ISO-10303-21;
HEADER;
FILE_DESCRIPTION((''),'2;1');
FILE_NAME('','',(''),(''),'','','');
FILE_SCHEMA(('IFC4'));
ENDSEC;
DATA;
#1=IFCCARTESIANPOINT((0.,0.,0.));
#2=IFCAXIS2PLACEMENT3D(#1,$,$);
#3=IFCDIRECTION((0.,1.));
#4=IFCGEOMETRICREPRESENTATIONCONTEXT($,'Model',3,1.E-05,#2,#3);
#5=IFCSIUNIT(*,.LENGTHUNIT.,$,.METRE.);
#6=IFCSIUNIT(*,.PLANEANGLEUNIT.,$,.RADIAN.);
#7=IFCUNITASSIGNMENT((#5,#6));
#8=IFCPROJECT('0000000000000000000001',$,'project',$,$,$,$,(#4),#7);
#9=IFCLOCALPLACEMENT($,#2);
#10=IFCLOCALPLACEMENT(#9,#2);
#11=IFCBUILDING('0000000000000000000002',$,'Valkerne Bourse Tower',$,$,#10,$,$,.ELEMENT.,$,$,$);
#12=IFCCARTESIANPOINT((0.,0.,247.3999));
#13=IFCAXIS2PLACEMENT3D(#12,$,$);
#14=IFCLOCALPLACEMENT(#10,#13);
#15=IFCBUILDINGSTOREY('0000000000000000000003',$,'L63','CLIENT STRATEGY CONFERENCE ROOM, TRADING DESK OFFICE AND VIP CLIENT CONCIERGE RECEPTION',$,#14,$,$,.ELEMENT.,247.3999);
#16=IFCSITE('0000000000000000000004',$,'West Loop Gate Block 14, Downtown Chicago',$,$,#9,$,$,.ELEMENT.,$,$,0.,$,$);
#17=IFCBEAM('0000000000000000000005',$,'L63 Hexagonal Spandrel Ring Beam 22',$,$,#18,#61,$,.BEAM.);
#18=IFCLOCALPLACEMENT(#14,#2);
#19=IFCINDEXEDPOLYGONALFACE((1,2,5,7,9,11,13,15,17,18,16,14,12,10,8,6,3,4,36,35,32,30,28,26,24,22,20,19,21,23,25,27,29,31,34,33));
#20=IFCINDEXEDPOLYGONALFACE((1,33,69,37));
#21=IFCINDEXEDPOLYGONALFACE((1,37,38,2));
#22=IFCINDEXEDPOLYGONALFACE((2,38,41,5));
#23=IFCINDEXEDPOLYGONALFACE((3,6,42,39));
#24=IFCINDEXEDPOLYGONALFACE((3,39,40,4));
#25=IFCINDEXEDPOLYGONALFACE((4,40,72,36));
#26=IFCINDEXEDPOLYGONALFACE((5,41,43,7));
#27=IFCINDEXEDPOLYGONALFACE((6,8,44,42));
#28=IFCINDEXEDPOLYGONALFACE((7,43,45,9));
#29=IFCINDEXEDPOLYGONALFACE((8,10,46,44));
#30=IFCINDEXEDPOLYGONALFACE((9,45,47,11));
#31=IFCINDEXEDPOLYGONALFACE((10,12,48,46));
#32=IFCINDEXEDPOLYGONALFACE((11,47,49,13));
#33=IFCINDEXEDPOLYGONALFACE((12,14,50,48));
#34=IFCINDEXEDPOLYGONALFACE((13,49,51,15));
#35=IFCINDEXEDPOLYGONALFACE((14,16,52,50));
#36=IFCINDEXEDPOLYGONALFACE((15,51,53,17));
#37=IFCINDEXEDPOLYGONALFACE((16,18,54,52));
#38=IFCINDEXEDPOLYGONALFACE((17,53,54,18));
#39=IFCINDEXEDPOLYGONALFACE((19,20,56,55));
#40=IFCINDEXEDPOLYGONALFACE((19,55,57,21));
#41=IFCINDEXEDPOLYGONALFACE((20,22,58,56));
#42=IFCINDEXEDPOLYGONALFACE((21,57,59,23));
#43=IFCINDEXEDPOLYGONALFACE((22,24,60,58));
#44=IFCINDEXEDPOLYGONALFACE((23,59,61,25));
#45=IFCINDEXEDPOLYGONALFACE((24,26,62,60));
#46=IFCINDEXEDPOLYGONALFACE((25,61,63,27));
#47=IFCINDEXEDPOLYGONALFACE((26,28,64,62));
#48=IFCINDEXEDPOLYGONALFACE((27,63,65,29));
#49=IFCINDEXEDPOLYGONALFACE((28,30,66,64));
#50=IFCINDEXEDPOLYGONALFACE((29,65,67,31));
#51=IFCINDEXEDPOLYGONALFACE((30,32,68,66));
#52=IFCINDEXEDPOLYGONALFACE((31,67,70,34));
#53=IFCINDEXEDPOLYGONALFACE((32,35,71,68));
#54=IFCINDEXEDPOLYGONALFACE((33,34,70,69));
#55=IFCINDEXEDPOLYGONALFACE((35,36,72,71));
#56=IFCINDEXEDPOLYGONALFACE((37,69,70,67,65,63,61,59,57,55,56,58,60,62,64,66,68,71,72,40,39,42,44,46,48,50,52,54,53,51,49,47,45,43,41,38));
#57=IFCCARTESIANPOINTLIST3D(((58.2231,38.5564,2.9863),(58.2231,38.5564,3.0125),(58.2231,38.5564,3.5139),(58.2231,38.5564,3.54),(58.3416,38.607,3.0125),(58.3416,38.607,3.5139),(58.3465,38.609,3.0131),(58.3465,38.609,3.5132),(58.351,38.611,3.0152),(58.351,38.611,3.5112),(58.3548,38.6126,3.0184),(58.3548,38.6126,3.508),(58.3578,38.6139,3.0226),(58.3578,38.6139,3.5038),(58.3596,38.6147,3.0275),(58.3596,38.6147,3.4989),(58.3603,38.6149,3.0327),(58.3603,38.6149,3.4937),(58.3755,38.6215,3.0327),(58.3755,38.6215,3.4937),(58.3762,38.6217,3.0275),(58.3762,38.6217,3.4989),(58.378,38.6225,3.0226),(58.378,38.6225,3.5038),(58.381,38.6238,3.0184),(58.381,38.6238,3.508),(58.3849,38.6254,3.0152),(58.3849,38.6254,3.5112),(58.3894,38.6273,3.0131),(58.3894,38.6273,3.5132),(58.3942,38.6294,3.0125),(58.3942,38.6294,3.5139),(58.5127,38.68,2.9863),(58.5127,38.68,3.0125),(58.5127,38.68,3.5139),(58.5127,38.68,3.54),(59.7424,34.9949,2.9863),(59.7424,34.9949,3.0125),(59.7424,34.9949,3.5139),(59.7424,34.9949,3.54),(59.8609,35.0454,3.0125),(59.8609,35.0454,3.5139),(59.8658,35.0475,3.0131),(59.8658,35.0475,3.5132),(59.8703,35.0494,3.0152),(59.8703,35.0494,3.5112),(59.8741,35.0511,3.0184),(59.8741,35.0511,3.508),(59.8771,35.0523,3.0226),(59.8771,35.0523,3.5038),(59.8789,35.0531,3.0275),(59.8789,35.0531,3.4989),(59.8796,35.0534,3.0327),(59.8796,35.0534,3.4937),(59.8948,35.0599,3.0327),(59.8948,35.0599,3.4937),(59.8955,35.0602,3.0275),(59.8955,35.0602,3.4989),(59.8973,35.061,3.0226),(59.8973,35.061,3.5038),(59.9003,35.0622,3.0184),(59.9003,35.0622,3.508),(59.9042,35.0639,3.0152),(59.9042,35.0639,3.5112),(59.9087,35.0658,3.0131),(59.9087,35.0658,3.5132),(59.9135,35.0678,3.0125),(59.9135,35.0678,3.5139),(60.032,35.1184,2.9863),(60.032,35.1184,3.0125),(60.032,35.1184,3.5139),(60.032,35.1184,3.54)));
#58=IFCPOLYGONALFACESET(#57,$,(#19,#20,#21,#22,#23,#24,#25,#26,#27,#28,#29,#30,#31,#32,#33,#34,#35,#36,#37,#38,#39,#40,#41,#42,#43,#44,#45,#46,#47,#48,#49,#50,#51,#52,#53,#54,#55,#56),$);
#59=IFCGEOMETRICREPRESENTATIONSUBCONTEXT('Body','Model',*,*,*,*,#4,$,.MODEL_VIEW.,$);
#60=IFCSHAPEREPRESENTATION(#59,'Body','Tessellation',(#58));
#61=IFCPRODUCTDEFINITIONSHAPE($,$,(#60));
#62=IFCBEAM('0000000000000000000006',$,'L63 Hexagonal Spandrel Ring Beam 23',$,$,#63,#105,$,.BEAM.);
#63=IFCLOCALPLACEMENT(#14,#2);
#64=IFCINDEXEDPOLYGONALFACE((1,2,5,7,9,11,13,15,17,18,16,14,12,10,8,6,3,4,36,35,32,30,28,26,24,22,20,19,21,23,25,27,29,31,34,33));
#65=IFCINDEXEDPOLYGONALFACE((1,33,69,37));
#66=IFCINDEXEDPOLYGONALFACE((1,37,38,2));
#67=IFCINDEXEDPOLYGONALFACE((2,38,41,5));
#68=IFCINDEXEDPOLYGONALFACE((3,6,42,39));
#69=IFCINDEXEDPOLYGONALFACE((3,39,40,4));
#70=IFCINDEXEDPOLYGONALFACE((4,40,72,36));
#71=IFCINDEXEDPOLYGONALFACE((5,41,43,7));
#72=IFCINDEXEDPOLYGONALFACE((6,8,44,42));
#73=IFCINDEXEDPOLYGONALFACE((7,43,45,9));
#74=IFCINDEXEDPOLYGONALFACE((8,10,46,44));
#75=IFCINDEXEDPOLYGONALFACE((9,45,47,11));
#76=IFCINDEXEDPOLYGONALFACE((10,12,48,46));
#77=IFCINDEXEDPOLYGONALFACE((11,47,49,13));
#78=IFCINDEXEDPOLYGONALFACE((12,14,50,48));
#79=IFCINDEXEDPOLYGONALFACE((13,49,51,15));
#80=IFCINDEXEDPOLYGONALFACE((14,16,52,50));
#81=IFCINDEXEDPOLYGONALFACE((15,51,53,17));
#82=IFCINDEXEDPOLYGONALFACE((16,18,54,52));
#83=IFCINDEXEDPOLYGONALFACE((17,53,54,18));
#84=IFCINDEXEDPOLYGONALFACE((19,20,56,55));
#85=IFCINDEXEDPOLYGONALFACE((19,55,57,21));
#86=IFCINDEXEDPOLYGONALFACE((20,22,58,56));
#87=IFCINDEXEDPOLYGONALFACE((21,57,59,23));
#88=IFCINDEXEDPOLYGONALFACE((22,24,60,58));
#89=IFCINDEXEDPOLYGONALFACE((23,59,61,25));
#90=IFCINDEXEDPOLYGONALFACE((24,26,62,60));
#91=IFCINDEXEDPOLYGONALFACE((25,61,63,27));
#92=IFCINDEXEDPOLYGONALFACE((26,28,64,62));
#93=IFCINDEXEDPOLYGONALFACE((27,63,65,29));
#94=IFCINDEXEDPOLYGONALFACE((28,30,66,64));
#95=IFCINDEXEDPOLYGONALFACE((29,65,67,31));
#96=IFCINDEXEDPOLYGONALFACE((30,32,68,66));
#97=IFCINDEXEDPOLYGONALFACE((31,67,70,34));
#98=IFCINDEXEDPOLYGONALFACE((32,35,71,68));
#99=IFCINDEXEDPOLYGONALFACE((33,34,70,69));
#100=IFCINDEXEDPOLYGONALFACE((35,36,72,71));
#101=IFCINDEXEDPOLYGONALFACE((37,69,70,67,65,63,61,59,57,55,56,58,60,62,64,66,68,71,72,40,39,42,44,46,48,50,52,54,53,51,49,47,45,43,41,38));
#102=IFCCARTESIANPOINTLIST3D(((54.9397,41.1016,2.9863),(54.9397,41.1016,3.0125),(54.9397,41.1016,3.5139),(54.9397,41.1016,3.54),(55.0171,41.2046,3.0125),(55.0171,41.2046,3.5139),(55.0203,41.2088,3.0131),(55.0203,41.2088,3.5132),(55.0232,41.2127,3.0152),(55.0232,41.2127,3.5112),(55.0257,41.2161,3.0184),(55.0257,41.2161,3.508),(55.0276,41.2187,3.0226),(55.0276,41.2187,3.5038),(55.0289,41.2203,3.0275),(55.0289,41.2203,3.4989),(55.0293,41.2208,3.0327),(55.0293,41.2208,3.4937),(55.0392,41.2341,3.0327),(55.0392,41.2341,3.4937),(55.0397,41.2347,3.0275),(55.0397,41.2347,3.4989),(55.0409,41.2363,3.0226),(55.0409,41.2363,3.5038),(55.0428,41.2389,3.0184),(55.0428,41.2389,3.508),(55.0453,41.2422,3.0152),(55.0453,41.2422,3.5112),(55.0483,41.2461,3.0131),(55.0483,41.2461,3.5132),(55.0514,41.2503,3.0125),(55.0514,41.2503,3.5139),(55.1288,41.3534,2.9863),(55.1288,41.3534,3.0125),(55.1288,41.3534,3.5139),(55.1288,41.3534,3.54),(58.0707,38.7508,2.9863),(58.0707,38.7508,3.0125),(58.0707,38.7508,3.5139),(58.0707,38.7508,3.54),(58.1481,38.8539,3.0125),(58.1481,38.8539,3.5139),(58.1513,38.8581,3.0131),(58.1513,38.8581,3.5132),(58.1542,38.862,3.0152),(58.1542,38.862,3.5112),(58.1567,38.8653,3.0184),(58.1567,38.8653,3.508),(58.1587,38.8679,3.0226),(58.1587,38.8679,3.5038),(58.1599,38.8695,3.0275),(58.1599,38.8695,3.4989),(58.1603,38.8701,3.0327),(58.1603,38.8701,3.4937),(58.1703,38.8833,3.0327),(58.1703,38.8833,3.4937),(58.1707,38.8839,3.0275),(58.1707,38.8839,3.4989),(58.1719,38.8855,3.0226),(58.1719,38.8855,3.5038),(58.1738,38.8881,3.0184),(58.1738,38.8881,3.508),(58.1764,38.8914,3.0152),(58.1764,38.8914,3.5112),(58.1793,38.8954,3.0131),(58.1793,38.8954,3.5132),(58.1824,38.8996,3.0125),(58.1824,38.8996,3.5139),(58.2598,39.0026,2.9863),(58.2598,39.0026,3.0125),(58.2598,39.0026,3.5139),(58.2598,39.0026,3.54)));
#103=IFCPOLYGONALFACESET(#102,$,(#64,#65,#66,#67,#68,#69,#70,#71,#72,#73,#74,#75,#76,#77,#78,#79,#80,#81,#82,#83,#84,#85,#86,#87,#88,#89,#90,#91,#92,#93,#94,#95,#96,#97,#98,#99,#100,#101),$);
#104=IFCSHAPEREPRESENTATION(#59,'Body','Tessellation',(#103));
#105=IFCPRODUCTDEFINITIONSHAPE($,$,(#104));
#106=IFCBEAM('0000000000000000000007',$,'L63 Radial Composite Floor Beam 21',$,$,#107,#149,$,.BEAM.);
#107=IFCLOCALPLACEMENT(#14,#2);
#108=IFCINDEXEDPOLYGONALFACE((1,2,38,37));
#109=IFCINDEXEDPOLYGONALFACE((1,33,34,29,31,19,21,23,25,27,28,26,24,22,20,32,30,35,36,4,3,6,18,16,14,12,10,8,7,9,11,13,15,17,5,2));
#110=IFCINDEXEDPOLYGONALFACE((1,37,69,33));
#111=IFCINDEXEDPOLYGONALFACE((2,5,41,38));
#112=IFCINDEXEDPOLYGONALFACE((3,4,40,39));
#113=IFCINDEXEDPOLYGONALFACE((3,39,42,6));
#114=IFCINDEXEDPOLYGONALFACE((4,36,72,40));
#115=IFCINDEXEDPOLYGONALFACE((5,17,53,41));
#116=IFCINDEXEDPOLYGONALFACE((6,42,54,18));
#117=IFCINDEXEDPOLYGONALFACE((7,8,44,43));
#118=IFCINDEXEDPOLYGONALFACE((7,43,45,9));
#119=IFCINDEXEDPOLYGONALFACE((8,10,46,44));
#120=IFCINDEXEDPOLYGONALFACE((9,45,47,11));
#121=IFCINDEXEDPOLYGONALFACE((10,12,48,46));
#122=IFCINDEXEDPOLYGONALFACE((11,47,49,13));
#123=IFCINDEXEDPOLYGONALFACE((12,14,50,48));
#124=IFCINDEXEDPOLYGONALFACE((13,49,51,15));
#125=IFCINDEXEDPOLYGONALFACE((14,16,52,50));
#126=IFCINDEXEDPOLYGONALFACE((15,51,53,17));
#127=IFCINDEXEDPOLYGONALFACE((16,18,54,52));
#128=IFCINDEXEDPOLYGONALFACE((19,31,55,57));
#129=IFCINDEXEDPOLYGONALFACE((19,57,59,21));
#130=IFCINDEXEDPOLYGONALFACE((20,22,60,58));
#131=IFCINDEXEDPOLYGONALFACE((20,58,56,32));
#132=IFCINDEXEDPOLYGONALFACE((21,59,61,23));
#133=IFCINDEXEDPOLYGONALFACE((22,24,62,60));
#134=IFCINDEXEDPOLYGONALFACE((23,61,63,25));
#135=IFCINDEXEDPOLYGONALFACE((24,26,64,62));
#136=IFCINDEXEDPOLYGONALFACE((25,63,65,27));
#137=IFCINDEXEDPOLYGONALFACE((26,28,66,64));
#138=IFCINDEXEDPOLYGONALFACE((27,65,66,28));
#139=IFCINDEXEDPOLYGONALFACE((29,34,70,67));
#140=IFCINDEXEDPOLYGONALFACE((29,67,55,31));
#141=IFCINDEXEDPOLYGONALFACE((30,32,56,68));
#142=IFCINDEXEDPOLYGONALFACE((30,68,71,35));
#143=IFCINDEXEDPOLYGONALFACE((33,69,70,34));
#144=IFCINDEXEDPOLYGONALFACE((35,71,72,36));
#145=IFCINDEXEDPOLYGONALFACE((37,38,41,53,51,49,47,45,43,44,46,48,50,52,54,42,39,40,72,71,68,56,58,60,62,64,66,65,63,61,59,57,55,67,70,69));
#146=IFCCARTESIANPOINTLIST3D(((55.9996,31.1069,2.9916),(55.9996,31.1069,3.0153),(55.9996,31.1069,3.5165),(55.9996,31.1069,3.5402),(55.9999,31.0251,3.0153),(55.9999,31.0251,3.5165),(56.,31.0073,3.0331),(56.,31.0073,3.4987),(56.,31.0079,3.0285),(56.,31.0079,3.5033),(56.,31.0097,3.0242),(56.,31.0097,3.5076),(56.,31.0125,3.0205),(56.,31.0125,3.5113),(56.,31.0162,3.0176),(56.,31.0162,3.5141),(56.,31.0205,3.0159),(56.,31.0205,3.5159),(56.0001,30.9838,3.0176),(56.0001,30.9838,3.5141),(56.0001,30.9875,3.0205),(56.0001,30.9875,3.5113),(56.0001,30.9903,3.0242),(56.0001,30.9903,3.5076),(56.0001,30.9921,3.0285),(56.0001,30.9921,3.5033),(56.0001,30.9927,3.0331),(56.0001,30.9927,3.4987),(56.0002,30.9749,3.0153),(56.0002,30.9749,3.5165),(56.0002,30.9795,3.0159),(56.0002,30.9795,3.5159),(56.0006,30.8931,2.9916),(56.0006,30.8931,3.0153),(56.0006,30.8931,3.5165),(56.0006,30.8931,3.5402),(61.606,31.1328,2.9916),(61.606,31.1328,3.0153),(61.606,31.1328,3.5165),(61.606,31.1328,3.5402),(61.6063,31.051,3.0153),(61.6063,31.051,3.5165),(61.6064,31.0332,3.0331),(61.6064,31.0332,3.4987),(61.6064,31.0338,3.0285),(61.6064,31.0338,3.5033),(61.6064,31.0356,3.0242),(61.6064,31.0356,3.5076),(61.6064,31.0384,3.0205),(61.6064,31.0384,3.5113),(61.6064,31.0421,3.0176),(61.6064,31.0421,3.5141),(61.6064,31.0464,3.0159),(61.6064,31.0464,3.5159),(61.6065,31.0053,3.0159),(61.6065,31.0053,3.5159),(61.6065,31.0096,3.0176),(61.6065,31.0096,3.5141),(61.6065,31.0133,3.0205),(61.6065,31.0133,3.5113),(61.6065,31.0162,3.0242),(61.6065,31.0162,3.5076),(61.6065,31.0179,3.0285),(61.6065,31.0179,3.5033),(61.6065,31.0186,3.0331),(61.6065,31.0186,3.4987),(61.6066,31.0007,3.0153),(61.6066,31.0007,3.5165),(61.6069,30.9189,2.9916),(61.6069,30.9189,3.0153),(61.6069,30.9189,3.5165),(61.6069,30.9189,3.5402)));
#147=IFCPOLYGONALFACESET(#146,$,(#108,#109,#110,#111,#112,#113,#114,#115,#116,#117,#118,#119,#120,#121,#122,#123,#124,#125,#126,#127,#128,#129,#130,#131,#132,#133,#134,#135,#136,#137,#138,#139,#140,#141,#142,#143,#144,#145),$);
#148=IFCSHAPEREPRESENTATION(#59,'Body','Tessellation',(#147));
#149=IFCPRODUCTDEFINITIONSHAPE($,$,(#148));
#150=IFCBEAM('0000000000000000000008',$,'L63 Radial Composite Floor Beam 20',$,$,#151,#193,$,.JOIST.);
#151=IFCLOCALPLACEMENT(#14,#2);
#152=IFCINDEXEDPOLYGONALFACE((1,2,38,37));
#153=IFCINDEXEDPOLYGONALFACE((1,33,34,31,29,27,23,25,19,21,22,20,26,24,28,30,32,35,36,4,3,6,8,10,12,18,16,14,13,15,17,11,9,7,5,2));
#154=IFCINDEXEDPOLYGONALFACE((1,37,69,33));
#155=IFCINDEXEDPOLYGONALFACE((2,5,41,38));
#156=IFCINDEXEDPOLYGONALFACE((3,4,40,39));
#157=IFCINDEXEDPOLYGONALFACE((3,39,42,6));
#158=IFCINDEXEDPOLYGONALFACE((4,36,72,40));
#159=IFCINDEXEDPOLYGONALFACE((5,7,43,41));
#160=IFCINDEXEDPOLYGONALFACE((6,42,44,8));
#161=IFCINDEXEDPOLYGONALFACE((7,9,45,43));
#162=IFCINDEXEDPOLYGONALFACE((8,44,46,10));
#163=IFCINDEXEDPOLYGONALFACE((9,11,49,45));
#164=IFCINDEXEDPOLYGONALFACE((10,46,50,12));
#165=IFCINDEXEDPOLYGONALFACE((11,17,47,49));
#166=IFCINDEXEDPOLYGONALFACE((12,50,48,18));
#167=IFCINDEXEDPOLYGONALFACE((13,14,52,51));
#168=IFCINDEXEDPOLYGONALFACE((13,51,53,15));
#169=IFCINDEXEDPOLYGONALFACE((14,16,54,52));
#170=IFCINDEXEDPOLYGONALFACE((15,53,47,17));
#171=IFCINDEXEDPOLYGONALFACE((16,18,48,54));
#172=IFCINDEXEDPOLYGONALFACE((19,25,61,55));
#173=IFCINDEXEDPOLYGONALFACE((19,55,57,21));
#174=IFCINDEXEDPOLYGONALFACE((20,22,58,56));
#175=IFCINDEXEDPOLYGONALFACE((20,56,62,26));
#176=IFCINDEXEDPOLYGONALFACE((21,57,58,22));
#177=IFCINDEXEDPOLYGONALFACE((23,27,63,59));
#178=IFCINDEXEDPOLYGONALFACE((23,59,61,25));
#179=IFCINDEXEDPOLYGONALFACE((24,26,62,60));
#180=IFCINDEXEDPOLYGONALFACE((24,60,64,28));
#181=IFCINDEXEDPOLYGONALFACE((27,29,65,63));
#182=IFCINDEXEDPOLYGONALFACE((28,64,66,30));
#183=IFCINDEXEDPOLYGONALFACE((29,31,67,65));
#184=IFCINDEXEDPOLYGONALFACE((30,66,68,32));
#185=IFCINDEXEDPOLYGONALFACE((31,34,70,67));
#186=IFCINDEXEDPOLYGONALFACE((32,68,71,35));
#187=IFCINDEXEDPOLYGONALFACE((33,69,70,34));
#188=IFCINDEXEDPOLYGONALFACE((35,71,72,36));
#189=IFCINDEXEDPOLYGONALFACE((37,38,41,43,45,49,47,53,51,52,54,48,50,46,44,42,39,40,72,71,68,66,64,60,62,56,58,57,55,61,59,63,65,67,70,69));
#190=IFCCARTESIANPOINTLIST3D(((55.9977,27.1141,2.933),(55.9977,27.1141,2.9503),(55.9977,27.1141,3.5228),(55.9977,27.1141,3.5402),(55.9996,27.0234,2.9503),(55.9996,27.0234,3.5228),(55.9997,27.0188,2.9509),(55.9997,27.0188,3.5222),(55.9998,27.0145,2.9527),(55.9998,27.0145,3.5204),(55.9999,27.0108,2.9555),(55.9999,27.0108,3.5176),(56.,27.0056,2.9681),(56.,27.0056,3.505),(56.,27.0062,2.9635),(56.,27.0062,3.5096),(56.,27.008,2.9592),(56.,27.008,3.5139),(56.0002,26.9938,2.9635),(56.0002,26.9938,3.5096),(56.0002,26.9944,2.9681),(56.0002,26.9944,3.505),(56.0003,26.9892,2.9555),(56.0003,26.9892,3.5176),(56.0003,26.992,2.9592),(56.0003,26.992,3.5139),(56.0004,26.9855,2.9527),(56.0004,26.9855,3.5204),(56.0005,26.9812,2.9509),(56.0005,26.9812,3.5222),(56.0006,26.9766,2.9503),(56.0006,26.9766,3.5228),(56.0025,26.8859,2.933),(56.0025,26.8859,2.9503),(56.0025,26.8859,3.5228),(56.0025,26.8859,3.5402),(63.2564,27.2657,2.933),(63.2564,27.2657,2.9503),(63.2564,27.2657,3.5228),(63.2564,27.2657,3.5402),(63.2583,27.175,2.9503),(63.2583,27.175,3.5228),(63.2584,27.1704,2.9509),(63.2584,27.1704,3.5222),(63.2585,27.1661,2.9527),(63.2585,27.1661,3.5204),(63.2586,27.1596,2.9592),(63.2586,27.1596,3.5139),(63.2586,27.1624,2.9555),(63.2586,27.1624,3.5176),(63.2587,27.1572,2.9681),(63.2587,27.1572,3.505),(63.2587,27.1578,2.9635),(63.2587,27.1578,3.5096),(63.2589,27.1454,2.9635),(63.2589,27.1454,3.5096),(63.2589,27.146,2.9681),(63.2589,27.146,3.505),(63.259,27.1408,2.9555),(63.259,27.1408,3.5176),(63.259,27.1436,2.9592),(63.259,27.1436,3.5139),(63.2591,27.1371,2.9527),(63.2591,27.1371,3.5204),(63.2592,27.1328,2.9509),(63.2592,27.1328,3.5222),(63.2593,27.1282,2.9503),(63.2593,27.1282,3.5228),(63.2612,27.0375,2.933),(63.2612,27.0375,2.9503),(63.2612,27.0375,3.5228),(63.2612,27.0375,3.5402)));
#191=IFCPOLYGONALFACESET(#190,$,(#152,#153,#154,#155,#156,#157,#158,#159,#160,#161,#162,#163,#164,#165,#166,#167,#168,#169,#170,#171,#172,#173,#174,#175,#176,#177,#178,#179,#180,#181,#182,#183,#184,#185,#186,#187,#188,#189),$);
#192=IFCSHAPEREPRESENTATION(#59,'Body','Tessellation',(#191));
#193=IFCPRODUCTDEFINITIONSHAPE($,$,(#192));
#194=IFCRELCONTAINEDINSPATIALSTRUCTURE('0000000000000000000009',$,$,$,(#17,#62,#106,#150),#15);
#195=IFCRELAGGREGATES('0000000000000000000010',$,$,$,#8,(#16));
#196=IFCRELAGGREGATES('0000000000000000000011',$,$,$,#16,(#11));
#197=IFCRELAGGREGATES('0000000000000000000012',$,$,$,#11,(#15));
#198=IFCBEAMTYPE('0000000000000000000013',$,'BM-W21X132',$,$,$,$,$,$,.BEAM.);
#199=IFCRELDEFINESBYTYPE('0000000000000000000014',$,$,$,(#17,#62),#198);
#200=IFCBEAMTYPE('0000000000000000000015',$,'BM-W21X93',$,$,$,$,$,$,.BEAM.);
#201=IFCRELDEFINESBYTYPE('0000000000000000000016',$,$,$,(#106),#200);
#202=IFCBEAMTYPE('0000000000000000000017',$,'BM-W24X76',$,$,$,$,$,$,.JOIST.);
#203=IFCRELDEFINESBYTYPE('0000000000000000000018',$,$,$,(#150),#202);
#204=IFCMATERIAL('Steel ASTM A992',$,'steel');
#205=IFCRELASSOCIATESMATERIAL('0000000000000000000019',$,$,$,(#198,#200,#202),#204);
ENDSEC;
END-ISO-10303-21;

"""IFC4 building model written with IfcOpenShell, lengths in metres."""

from ifc_helpers import new_model, si_unit, direction, frame, origin, origin_2d, place, context, subcontext, project, spatial, i_section, extrude, material, material_profile, profile_set, type_object, element, save


model = new_model("IFC4")

# Units and contexts
model_context = context("Model", 3, precision=1e-05, world=origin(), true_north=direction((0.0, 1.0)))
body_context = subcontext(model_context, "Body", "Model", "MODEL_VIEW")
ifc_project = project(units=[si_unit("LENGTHUNIT", "METRE"), si_unit("PLANEANGLEUNIT", "RADIAN")], contexts=[model_context])

# Site, building, storey
site_placement = place(None, origin())
site = spatial("IfcSite", under=ifc_project, at=site_placement, Name="West Loop Gate Block 14, Downtown Chicago", CompositionType="ELEMENT", RefElevation=0.0)
building_placement = place(site_placement, origin())
building = spatial("IfcBuilding", under=site, at=building_placement, Name="Valkerne Bourse Tower", CompositionType="ELEMENT")
storey_placement = place(building_placement, frame((0.0, 0.0, 247.3999)))
storey = spatial("IfcBuildingStorey", under=building, at=storey_placement, Name="L63", Description="CLIENT STRATEGY CONFERENCE ROOM, TRADING DESK OFFICE AND VIP CLIENT CONCIERGE RECEPTION", CompositionType="ELEMENT", Elevation=247.3999)

# Beams
ifc_material_1 = material(Name="Steel ASTM A992", Category="steel")
ifc_material_profile_1 = material_profile(ifc_material_1, i_section(OverallWidth=0.3149, OverallDepth=0.5537, WebThickness=0.0166, FlangeThickness=0.0261, FilletRadius=0.0203, at=origin_2d()), Name="W21X132")
ifc_profile_set_1 = profile_set([ifc_material_profile_1], Name="Steel ASTM A992")
beam_type_1 = type_object("IfcBeamType", Name="BM-W21X132", PredefinedType="BEAM", material=ifc_profile_set_1)
for number, where, z_axis, x_axis, name in (
    (1, (59.8872, 35.0566, 3.2632), (-0.392374, 0.919806, 0.0), (-0.919806, -0.392374, 0.0), "L63 Hexagonal Spandrel Ring Beam 22"),
):
    element("IfcBeam", number, at=place(storey_placement, frame(where, z_axis=z_axis, x_axis=x_axis)), inside=storey, type_object=beam_type_1, Name=name, PredefinedType="BEAM", context=body_context, shape_type="SweptSolid", body=[
        extrude(i_section(OverallWidth=0.3149, OverallDepth=0.5537, WebThickness=0.0166, FlangeThickness=0.0261, FilletRadius=0.0203, at=origin_2d()), origin(), (0.0, 0.0, 1.0), 3.8721),
    ])
beam_1_placement = place(storey_placement, frame((58.1653, 38.8767, 3.2632), z_axis=(-0.799693, 0.600409, 0.0), x_axis=(-0.600409, -0.799693, 0.0)))
element("IfcBeam", 2, at=beam_1_placement, inside=storey, type_object=beam_type_1, Name="L63 Hexagonal Spandrel Ring Beam 23", PredefinedType="BEAM", context=body_context, shape_type="SweptSolid", body=[
    extrude(i_section(OverallWidth=0.3149, OverallDepth=0.5537, WebThickness=0.0166, FlangeThickness=0.0261, FilletRadius=0.0203, at=origin_2d()), origin(), (0.0, 0.0, 1.0), 3.9153),
])
ifc_material_profile_2 = material_profile(ifc_material_1, i_section(OverallWidth=0.2139, OverallDepth=0.5486, WebThickness=0.0146, FlangeThickness=0.0237, FilletRadius=0.0178, at=origin_2d()), Name="W21X93")
ifc_profile_set_2 = profile_set([ifc_material_profile_2], Name="Steel ASTM A992")
beam_type_2 = type_object("IfcBeamType", Name="BM-W21X93", PredefinedType="BEAM", material=ifc_profile_set_2)
beam_2_placement = place(storey_placement, frame((61.6064, 31.0259, 3.2659), z_axis=(-0.999989, -0.004616, 0.0), x_axis=(0.004616, -0.999989, 0.0)))
element("IfcBeam", 3, at=beam_2_placement, inside=storey, type_object=beam_type_2, Name="L63 Radial Composite Floor Beam 21", PredefinedType="BEAM", context=body_context, shape_type="SweptSolid", body=[
    extrude(i_section(OverallWidth=0.2139, OverallDepth=0.5486, WebThickness=0.0146, FlangeThickness=0.0237, FilletRadius=0.0178, at=origin_2d()), origin(), (0.0, 0.0, 1.0), 5.6064),
])
ifc_material_profile_3 = material_profile(ifc_material_1, i_section(OverallWidth=0.2283, OverallDepth=0.6072, WebThickness=0.0112, FlangeThickness=0.0173, FilletRadius=0.0178, at=origin_2d()), Name="W24X76")
ifc_profile_set_3 = profile_set([ifc_material_profile_3], Name="Steel ASTM A992")
beam_type_3 = type_object("IfcBeamType", Name="BM-W24X76", PredefinedType="JOIST", material=ifc_profile_set_3)
beam_3_placement = place(storey_placement, frame((63.2588, 27.1516, 3.2366), z_axis=(-0.999782, -0.020882, 0.0), x_axis=(0.020882, -0.999782, 0.0)))
element("IfcBeam", 4, at=beam_3_placement, inside=storey, type_object=beam_type_3, Name="L63 Radial Composite Floor Beam 20", PredefinedType="JOIST", context=body_context, shape_type="SweptSolid", body=[
    extrude(i_section(OverallWidth=0.2283, OverallDepth=0.6072, WebThickness=0.0112, FlangeThickness=0.0173, FilletRadius=0.0178, at=origin_2d()), origin(), (0.0, 0.0, 1.0), 7.2603),
])

save(model, "model.ifc")
